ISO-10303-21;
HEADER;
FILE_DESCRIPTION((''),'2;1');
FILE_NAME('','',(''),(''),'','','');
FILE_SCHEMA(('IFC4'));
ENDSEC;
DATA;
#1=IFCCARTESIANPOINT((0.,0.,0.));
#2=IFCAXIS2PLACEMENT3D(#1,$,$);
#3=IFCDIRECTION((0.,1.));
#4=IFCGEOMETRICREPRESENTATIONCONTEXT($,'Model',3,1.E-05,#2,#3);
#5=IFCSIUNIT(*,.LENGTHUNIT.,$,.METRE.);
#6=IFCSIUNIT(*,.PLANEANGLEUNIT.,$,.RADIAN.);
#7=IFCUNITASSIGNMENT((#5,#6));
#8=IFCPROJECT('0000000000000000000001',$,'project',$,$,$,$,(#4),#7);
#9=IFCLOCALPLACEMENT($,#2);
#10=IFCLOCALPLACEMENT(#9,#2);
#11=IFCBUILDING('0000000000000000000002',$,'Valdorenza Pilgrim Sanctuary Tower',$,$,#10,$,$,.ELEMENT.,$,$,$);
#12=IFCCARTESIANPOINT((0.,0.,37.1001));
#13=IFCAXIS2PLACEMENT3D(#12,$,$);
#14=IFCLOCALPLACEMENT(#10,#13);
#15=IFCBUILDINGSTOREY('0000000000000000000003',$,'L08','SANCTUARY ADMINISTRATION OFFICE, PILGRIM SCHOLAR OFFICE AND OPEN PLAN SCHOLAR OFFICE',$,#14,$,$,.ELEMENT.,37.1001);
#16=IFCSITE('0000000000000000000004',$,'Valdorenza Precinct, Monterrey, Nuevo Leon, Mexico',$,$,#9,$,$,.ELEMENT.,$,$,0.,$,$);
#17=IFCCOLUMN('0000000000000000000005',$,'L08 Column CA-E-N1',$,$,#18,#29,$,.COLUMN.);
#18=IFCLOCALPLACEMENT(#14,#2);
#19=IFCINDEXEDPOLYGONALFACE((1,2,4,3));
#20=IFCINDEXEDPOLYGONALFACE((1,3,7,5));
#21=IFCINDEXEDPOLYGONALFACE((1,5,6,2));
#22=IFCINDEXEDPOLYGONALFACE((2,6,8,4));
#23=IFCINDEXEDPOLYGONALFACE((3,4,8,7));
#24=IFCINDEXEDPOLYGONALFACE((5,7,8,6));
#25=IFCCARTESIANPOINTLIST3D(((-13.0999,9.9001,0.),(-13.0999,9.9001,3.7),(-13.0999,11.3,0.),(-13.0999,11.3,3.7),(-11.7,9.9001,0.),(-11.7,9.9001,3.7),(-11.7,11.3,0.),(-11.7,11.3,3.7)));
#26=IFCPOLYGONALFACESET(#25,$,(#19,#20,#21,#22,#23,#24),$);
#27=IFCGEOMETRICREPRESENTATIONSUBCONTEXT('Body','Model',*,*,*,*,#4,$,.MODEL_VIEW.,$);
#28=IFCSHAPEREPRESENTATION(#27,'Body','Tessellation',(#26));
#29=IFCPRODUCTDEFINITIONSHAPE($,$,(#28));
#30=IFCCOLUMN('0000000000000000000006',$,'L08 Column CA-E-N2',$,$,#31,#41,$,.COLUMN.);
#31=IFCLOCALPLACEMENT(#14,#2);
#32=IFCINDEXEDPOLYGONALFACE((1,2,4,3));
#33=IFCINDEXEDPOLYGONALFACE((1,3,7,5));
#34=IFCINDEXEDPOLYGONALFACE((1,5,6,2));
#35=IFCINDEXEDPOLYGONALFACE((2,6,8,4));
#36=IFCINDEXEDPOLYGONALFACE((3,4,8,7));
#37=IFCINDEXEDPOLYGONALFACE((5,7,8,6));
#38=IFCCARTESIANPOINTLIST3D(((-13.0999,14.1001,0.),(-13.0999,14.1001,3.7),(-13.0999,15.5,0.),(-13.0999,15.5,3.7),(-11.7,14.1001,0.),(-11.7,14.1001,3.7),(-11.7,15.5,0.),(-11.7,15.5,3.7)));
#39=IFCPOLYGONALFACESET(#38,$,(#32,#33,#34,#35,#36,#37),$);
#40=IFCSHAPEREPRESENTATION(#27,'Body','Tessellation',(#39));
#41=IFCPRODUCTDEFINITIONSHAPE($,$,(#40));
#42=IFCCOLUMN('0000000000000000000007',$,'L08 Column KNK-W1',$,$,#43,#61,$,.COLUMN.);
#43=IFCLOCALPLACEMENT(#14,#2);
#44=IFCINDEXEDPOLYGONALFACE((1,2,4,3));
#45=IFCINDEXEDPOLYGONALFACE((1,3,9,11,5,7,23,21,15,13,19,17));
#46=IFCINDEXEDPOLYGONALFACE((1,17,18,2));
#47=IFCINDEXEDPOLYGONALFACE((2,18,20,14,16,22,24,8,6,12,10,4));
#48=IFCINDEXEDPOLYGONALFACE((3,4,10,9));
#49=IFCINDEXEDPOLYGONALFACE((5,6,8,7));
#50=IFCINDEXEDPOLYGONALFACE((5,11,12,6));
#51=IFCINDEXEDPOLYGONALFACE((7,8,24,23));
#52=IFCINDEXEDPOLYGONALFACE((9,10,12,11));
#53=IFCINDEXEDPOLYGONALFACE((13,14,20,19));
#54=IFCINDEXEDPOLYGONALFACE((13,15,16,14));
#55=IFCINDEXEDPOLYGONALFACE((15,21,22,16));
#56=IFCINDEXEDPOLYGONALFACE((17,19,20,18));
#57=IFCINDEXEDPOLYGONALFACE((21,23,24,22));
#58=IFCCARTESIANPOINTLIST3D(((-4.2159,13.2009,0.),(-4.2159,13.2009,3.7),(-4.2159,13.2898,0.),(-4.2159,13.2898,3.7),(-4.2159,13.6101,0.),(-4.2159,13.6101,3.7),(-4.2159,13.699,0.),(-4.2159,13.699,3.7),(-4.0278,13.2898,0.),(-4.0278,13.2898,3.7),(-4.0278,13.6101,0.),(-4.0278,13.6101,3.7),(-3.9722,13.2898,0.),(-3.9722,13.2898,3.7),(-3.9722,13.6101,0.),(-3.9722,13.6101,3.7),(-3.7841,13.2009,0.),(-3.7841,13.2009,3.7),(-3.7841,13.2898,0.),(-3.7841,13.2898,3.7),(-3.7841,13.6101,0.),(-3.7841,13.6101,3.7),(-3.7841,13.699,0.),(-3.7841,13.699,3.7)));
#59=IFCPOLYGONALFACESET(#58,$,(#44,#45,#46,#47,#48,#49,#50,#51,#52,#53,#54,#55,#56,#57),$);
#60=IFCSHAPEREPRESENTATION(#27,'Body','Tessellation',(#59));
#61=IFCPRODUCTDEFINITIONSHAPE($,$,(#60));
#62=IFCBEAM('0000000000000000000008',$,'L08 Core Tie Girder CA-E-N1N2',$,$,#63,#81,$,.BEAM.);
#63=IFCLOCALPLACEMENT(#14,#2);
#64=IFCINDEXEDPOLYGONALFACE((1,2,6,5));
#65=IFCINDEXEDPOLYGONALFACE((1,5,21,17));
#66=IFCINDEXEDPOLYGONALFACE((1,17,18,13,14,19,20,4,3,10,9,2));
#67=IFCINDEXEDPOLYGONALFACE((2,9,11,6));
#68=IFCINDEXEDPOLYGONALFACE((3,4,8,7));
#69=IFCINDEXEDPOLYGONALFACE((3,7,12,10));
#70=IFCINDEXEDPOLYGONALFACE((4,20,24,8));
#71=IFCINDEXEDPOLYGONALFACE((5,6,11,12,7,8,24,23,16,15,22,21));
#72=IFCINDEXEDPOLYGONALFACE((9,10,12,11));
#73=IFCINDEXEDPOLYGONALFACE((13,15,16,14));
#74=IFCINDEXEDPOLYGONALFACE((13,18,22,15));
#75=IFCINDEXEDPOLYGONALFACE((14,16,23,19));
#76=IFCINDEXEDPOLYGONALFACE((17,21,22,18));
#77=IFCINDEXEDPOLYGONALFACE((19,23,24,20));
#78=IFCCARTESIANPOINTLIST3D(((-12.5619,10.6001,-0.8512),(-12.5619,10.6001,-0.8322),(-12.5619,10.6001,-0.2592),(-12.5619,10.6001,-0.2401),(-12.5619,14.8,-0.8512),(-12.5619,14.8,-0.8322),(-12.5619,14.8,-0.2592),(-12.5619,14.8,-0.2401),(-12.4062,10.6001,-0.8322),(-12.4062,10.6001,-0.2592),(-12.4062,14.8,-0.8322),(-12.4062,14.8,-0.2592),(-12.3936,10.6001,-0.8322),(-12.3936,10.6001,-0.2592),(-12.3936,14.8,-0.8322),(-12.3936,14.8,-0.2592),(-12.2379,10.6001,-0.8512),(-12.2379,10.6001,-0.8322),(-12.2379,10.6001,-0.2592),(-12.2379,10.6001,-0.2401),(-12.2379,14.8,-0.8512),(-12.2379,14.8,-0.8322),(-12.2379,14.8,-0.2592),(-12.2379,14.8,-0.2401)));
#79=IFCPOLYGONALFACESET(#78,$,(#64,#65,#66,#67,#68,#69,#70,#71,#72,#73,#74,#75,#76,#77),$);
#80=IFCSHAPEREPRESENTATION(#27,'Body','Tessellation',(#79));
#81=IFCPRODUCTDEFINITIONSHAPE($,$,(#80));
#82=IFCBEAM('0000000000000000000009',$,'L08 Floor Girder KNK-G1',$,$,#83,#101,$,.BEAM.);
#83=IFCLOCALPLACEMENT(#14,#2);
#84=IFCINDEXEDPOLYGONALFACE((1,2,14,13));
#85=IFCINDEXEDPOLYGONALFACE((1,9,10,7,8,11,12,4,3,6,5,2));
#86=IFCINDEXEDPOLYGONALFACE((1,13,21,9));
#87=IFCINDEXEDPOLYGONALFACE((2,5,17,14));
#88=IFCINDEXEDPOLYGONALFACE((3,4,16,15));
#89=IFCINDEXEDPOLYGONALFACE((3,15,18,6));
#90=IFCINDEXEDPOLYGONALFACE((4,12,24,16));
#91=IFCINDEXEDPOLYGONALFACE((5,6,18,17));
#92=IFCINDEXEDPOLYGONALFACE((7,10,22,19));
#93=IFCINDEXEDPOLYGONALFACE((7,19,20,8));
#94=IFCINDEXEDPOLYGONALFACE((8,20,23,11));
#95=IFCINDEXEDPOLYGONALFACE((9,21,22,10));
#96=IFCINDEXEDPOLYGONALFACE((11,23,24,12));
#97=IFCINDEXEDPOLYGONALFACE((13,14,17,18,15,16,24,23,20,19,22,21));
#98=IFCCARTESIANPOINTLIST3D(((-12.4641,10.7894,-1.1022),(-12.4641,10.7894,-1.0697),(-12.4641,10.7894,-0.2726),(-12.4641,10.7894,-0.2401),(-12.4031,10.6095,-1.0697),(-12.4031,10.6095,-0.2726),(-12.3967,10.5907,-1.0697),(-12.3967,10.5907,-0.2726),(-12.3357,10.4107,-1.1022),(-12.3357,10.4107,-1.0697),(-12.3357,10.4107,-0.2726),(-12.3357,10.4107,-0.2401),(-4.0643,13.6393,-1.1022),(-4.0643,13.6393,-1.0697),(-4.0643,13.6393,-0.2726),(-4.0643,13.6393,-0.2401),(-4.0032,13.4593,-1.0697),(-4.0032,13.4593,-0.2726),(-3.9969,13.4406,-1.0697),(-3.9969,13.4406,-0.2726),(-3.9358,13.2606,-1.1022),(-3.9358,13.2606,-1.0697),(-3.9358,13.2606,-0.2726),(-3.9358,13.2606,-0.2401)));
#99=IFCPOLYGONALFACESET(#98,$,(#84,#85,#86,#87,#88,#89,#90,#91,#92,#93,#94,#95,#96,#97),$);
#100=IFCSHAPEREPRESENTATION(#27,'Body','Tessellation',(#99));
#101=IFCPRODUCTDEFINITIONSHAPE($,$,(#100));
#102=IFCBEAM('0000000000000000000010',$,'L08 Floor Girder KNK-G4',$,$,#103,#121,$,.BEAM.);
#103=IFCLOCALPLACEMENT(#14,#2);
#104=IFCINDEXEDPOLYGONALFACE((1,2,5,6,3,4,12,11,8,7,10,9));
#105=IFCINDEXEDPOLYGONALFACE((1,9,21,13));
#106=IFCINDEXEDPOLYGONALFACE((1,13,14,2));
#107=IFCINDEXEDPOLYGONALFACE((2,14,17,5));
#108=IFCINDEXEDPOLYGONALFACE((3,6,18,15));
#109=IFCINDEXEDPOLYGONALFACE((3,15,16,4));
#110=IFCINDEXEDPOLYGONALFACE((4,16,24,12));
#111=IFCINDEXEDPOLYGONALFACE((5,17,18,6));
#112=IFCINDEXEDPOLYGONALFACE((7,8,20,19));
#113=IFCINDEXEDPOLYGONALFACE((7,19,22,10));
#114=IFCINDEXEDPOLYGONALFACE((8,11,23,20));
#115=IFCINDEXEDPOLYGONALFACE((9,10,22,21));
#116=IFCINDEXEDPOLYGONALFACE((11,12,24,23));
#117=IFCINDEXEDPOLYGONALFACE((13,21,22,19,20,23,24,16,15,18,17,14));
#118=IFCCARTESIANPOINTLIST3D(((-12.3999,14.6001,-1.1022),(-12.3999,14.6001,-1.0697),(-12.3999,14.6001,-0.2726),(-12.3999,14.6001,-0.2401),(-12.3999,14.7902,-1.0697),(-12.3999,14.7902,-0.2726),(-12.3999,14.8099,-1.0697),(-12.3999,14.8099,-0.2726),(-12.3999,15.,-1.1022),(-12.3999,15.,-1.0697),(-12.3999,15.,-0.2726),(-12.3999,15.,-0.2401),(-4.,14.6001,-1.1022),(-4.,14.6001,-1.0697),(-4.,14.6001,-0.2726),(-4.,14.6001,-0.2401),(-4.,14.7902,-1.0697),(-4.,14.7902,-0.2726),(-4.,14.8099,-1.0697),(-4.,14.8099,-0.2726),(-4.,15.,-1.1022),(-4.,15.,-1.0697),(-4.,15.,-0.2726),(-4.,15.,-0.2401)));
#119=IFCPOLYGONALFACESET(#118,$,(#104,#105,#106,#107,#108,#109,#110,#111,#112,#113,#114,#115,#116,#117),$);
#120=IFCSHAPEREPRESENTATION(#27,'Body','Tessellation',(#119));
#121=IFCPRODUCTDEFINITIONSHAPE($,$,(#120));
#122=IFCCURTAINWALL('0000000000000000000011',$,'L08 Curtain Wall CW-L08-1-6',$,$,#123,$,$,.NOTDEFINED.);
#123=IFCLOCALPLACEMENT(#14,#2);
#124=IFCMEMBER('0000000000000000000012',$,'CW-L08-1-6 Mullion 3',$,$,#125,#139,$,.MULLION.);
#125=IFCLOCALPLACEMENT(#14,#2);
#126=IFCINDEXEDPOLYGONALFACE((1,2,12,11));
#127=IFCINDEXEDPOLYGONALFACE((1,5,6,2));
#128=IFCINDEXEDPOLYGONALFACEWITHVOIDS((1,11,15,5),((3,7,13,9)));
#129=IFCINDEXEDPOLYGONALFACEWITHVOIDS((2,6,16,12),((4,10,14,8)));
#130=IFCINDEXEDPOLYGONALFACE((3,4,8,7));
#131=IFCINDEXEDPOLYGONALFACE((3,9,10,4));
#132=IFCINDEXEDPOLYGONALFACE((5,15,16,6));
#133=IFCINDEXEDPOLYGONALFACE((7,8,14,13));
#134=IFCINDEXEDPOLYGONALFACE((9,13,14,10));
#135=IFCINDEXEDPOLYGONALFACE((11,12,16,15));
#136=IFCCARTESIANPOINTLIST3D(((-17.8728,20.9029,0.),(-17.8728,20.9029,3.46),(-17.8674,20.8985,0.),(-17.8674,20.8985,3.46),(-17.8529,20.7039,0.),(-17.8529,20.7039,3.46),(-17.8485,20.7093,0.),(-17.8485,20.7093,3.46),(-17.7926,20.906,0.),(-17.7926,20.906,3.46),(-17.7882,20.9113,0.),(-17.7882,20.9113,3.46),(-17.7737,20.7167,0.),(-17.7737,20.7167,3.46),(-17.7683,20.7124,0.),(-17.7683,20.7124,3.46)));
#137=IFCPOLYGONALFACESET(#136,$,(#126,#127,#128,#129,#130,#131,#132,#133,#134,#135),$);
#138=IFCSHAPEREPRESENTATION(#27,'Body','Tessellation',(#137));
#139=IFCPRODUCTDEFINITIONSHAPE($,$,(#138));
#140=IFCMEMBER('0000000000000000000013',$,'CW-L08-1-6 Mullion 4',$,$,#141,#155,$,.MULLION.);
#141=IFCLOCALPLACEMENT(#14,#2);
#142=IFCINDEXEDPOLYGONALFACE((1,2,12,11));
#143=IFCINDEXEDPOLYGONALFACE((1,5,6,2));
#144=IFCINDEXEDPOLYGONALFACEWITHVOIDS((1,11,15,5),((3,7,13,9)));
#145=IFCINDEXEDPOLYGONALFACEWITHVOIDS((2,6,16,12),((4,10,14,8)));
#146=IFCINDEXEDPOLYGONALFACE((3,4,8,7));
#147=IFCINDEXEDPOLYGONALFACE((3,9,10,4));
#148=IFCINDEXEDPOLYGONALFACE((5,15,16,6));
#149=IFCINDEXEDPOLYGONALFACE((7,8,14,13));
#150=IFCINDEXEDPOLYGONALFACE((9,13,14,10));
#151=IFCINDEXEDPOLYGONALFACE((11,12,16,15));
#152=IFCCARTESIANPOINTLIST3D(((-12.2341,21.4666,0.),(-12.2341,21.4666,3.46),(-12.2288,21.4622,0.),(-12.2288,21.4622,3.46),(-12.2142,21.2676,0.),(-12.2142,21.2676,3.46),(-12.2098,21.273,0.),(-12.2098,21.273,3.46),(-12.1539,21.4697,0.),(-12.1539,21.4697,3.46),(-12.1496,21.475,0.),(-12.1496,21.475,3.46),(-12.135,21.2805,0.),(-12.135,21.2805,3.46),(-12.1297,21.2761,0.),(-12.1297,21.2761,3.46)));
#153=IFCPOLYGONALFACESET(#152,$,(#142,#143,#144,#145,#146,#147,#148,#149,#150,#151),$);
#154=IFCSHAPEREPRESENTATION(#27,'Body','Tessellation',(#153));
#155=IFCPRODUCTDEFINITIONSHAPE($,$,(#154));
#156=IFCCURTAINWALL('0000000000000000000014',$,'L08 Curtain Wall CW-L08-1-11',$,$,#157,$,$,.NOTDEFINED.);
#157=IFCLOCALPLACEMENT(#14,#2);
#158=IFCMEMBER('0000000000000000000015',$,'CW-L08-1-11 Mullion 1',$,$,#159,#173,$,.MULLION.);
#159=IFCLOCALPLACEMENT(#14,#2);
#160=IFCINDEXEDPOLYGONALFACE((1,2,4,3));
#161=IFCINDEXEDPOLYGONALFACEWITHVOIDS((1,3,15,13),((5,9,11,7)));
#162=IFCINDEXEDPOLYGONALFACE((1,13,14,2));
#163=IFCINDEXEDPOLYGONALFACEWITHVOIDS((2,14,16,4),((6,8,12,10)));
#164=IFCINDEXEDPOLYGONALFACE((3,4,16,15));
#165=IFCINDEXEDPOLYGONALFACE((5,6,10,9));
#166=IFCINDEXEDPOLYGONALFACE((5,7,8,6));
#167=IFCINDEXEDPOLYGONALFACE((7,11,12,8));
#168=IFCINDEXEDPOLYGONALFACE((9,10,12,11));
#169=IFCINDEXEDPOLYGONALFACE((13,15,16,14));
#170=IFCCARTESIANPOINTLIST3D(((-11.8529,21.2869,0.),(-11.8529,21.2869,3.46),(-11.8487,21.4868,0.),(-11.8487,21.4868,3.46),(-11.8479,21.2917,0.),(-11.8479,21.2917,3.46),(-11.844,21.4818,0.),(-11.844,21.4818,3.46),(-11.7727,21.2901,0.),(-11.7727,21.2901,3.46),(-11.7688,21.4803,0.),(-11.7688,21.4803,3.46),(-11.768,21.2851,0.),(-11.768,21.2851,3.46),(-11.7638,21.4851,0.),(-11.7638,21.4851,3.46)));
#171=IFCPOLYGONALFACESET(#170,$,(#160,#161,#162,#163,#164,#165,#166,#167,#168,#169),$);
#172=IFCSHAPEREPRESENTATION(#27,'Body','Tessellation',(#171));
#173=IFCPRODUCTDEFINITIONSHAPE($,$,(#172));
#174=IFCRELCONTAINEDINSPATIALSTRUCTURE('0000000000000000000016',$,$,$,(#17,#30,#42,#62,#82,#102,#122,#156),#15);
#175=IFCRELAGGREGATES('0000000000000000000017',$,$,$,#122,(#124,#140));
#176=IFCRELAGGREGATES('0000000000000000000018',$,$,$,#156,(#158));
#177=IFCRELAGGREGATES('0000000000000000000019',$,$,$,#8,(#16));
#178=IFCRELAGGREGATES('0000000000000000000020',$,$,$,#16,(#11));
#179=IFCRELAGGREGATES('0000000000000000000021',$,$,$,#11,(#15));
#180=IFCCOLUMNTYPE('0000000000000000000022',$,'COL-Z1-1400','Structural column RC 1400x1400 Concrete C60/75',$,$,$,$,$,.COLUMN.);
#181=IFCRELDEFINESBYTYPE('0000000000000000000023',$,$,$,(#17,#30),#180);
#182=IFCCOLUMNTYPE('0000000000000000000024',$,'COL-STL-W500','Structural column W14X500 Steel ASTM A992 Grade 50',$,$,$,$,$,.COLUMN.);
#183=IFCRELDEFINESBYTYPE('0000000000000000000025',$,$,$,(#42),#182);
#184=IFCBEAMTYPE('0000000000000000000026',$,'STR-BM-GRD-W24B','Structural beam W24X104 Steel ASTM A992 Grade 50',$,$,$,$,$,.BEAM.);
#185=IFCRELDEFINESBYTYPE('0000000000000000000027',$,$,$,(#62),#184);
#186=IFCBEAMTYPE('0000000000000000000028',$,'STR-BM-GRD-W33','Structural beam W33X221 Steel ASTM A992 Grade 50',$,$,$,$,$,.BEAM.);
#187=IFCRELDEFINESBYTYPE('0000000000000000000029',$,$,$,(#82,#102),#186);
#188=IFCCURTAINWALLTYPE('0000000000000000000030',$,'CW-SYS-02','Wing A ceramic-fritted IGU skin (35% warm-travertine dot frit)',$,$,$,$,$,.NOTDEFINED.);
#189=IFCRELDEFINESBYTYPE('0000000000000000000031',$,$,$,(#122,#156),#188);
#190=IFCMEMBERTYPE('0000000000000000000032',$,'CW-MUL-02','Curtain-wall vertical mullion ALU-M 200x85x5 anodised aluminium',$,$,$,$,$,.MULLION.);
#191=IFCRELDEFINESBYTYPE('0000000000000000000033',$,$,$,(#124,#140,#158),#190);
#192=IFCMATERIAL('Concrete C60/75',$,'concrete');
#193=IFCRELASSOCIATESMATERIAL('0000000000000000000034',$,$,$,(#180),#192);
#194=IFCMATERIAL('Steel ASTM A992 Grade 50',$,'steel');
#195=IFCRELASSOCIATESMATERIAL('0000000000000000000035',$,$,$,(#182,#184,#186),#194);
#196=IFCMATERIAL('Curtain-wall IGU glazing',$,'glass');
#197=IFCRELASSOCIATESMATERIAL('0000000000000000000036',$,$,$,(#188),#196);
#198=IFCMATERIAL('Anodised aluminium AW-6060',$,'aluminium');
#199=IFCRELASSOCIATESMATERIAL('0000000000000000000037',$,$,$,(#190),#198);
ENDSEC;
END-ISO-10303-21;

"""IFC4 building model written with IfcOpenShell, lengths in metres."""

from ifc_helpers import new_model, si_unit, direction, frame, origin, origin_2d, place, context, subcontext, project, spatial, rectangle, hollow_rectangle, i_section, extrude, source, transform, mapped, material, material_profile, profile_set, type_object, element, aggregate, save


model = new_model("IFC4")

# Units and contexts
model_context = context("Model", 3, precision=1e-05, world=origin(), true_north=direction((0.0, 1.0)))
body_context = subcontext(model_context, "Body", "Model", "MODEL_VIEW")
ifc_project = project(units=[si_unit("LENGTHUNIT", "METRE"), si_unit("PLANEANGLEUNIT", "RADIAN")], contexts=[model_context])

# Site, building, storey
site_placement = place(None, origin())
site = spatial("IfcSite", under=ifc_project, at=site_placement, Name="Valdorenza Precinct, Monterrey, Nuevo Leon, Mexico", CompositionType="ELEMENT", RefElevation=0.0)
building_placement = place(site_placement, origin())
building = spatial("IfcBuilding", under=site, at=building_placement, Name="Valdorenza Pilgrim Sanctuary Tower", CompositionType="ELEMENT")
storey_placement = place(building_placement, frame((0.0, 0.0, 37.1001)))
storey = spatial("IfcBuildingStorey", under=building, at=storey_placement, Name="L08", Description="SANCTUARY ADMINISTRATION OFFICE, PILGRIM SCHOLAR OFFICE AND OPEN PLAN SCHOLAR OFFICE", CompositionType="ELEMENT", Elevation=37.1001)

# Columns
ifc_material_1 = material(Name="Concrete C60/75", Category="concrete")
ifc_material_profile_1 = material_profile(ifc_material_1, rectangle(XDim=1.3999, YDim=1.3999, at=origin_2d()), Name="RC 1400x1400")
ifc_profile_set_1 = profile_set([ifc_material_profile_1], Name="Concrete C60/75")
column_type_1 = type_object("IfcColumnType", Name="COL-Z1-1400", Description="Structural column RC 1400x1400 Concrete C60/75", PredefinedType="COLUMN", material=ifc_profile_set_1)
shared_shape_1 = source(origin(), body_context, "Body", "SweptSolid", [
    extrude(rectangle(XDim=1.3999, YDim=1.3999, at=origin_2d()), origin(), (0.0, 0.0, 1.0), 3.7),
])
for number, where, z_axis, x_axis, name in (
    (1, (-12.3999, 10.6001, 0.0), (0.0, 0.0, 1.0), (1.0, 0.0, 0.0), "L08 Column CA-E-N1"),
    (2, (-12.3999, 14.8, 0.0), (0.0, 0.0, 1.0), (1.0, 0.0, 0.0), "L08 Column CA-E-N2"),
):
    element("IfcColumn", number, at=place(storey_placement, frame(where, z_axis=z_axis, x_axis=x_axis)), inside=storey, type_object=column_type_1, Name=name, PredefinedType="COLUMN", context=body_context, shape_type="MappedRepresentation", body=[
        mapped(shared_shape_1, transform((0.0, 0.0, 0.0), x_axis=(1.0, 0.0, 0.0), y_axis=(0.0, 1.0, 0.0), z_axis=(0.0, 0.0, 1.0), scale=1.0)),
    ])
ifc_material_2 = material(Name="Steel ASTM A992 Grade 50", Category="steel")
ifc_material_profile_2 = material_profile(ifc_material_2, i_section(OverallWidth=0.4319, OverallDepth=0.498, WebThickness=0.0557, FlangeThickness=0.0889, at=origin_2d()), Name="W14X500")
ifc_profile_set_2 = profile_set([ifc_material_profile_2], Name="Steel ASTM A992 Grade 50")
column_type_2 = type_object("IfcColumnType", Name="COL-STL-W500", Description="Structural column W14X500 Steel ASTM A992 Grade 50", PredefinedType="COLUMN", material=ifc_profile_set_2)
shared_shape_2 = source(origin(), body_context, "Body", "SweptSolid", [
    extrude(i_section(OverallWidth=0.4319, OverallDepth=0.498, WebThickness=0.0557, FlangeThickness=0.0889, at=origin_2d()), origin(), (0.0, 0.0, 1.0), 3.7),
])
column_placement = place(storey_placement, frame((-4.0, 13.45, 0.0), z_axis=(0.0, 0.0, 1.0), x_axis=(1.0, 0.0, 0.0)))
element("IfcColumn", 3, at=column_placement, inside=storey, type_object=column_type_2, Name="L08 Column KNK-W1", PredefinedType="COLUMN", context=body_context, shape_type="MappedRepresentation", body=[
    mapped(shared_shape_2, transform((0.0, 0.0, 0.0), x_axis=(1.0, 0.0, 0.0), y_axis=(0.0, 1.0, 0.0), z_axis=(0.0, 0.0, 1.0), scale=1.0)),
])

# Beams
ifc_material_profile_3 = material_profile(ifc_material_2, i_section(OverallWidth=0.324, OverallDepth=0.6111, WebThickness=0.0127, FlangeThickness=0.019, at=origin_2d()), Name="W24X104")
ifc_profile_set_3 = profile_set([ifc_material_profile_3], Name="Steel ASTM A992 Grade 50")
beam_type_1 = type_object("IfcBeamType", Name="STR-BM-GRD-W24B", Description="Structural beam W24X104 Steel ASTM A992 Grade 50", PredefinedType="BEAM", material=ifc_profile_set_3)
shared_shape_3 = source(origin(), body_context, "Body", "SweptSolid", [
    extrude(i_section(OverallWidth=0.324, OverallDepth=0.6111, WebThickness=0.0127, FlangeThickness=0.019, at=origin_2d()), origin(), (0.0, 0.0, 1.0), 4.2),
])
beam_1_placement = place(storey_placement, frame((-12.3999, 10.6001, -0.5457), z_axis=(0.0, 1.0, 0.0), x_axis=(-1.0, 0.0, 0.0)))
element("IfcBeam", 4, at=beam_1_placement, inside=storey, type_object=beam_type_1, Name="L08 Core Tie Girder CA-E-N1N2", PredefinedType="BEAM", context=body_context, shape_type="MappedRepresentation", body=[
    mapped(shared_shape_3, transform((0.0, 0.0, 0.0), x_axis=(1.0, 0.0, 0.0), y_axis=(0.0, 1.0, 0.0), z_axis=(0.0, 0.0, 1.0), scale=1.0)),
])
ifc_material_profile_4 = material_profile(ifc_material_2, i_section(OverallWidth=0.3999, OverallDepth=0.8621, WebThickness=0.0198, FlangeThickness=0.0325, at=origin_2d()), Name="W33X221")
ifc_profile_set_4 = profile_set([ifc_material_profile_4], Name="Steel ASTM A992 Grade 50")
beam_type_2 = type_object("IfcBeamType", Name="STR-BM-GRD-W33", Description="Structural beam W33X221 Steel ASTM A992 Grade 50", PredefinedType="BEAM", material=ifc_profile_set_4)
shared_shape_4 = source(origin(), body_context, "Body", "SweptSolid", [
    extrude(i_section(OverallWidth=0.3999, OverallDepth=0.8621, WebThickness=0.0198, FlangeThickness=0.0325, at=origin_2d()), origin(), (0.0, 0.0, 1.0), 8.8701),
])
beam_2_placement = place(storey_placement, frame((-12.3999, 10.6001, -0.6711), z_axis=(0.946983, 0.321285, 0.0), x_axis=(-0.321285, 0.946983, 0.0)))
element("IfcBeam", 5, at=beam_2_placement, inside=storey, type_object=beam_type_2, Name="L08 Floor Girder KNK-G1", PredefinedType="BEAM", context=body_context, shape_type="MappedRepresentation", body=[
    mapped(shared_shape_4, transform((0.0, 0.0, 0.0), x_axis=(1.0, 0.0, 0.0), y_axis=(0.0, 1.0, 0.0), z_axis=(0.0, 0.0, 1.0), scale=1.0)),
])
shared_shape_5 = source(origin(), body_context, "Body", "SweptSolid", [
    extrude(i_section(OverallWidth=0.3999, OverallDepth=0.8621, WebThickness=0.0198, FlangeThickness=0.0325, at=origin_2d()), origin(), (0.0, 0.0, 1.0), 8.3999),
])
beam_3_placement = place(storey_placement, frame((-12.3999, 14.8, -0.6711), z_axis=(1.0, 0.0, 0.0), x_axis=(0.0, 1.0, 0.0)))
element("IfcBeam", 6, at=beam_3_placement, inside=storey, type_object=beam_type_2, Name="L08 Floor Girder KNK-G4", PredefinedType="BEAM", context=body_context, shape_type="MappedRepresentation", body=[
    mapped(shared_shape_5, transform((0.0, 0.0, 0.0), x_axis=(1.0, 0.0, 0.0), y_axis=(0.0, 1.0, 0.0), z_axis=(0.0, 0.0, 1.0), scale=1.0)),
])

# Curtain walls, members
ifc_material_3 = material(Name="Curtain-wall IGU glazing", Category="glass")
curtain_wall_type = type_object("IfcCurtainWallType", Name="CW-SYS-02", Description="Wing A ceramic-fritted IGU skin (35% warm-travertine dot frit)", PredefinedType="NOTDEFINED", material=ifc_material_3)
curtain_wall_1_placement = place(storey_placement, origin())
curtain_wall_1 = element("IfcCurtainWall", 7, at=curtain_wall_1_placement, inside=storey, type_object=curtain_wall_type, Name="L08 Curtain Wall CW-L08-1-6", PredefinedType="NOTDEFINED")
ifc_material_4 = material(Name="Anodised aluminium AW-6060", Category="aluminium")
ifc_material_profile_5 = material_profile(ifc_material_4, hollow_rectangle(XDim=0.085, YDim=0.2, WallThickness=0.0049, at=origin_2d()), Name="ALU-M 200x85x5")
ifc_profile_set_5 = profile_set([ifc_material_profile_5], Name="Anodised aluminium AW-6060")
member_type_1 = type_object("IfcMemberType", Name="CW-MUL-02", Description="Curtain-wall vertical mullion ALU-M 200x85x5 anodised aluminium", PredefinedType="MULLION", material=ifc_profile_set_5)
shared_shape_6 = source(origin(), body_context, "Body", "SweptSolid", [
    extrude(hollow_rectangle(XDim=0.085, YDim=0.2, WallThickness=0.0049, at=origin_2d()), origin(), (0.0, 0.0, 1.0), 3.46),
])
member_1_placement = place(storey_placement, frame((-17.8206, 20.8076, 0.0), z_axis=(0.0, 0.0, 1.0), x_axis=(0.995038, 0.099493, 0.0)))
member_1 = element("IfcMember", 8, at=member_1_placement, type_object=member_type_1, Name="CW-L08-1-6 Mullion 3", PredefinedType="MULLION", context=body_context, shape_type="MappedRepresentation", body=[
    mapped(shared_shape_6, transform((0.0, 0.0, 0.0), x_axis=(1.0, 0.0, 0.0), y_axis=(0.0, 1.0, 0.0), z_axis=(0.0, 0.0, 1.0), scale=1.0)),
])
member_2_placement = place(storey_placement, frame((-12.1819, 21.3713, 0.0), z_axis=(0.0, 0.0, 1.0), x_axis=(0.995038, 0.099493, 0.0)))
member_2 = element("IfcMember", 9, at=member_2_placement, type_object=member_type_1, Name="CW-L08-1-6 Mullion 4", PredefinedType="MULLION", context=body_context, shape_type="MappedRepresentation", body=[
    mapped(shared_shape_6, transform((0.0, 0.0, 0.0), x_axis=(1.0, 0.0, 0.0), y_axis=(0.0, 1.0, 0.0), z_axis=(0.0, 0.0, 1.0), scale=1.0)),
])
curtain_wall_2_placement = place(storey_placement, origin())
curtain_wall_2 = element("IfcCurtainWall", 10, at=curtain_wall_2_placement, inside=storey, type_object=curtain_wall_type, Name="L08 Curtain Wall CW-L08-1-11", PredefinedType="NOTDEFINED")
member_3_placement = place(storey_placement, frame((-11.8083, 21.386, 0.0), z_axis=(0.0, 0.0, 1.0), x_axis=(0.999783, -0.02082, 0.0)))
member_3 = element("IfcMember", 11, at=member_3_placement, type_object=member_type_1, Name="CW-L08-1-11 Mullion 1", PredefinedType="MULLION", context=body_context, shape_type="MappedRepresentation", body=[
    mapped(shared_shape_6, transform((0.0, 0.0, 0.0), x_axis=(1.0, 0.0, 0.0), y_axis=(0.0, 1.0, 0.0), z_axis=(0.0, 0.0, 1.0), scale=1.0)),
])

aggregate(curtain_wall_1, [member_1, member_2])
aggregate(curtain_wall_2, [member_3])

save(model, "model.ifc")
